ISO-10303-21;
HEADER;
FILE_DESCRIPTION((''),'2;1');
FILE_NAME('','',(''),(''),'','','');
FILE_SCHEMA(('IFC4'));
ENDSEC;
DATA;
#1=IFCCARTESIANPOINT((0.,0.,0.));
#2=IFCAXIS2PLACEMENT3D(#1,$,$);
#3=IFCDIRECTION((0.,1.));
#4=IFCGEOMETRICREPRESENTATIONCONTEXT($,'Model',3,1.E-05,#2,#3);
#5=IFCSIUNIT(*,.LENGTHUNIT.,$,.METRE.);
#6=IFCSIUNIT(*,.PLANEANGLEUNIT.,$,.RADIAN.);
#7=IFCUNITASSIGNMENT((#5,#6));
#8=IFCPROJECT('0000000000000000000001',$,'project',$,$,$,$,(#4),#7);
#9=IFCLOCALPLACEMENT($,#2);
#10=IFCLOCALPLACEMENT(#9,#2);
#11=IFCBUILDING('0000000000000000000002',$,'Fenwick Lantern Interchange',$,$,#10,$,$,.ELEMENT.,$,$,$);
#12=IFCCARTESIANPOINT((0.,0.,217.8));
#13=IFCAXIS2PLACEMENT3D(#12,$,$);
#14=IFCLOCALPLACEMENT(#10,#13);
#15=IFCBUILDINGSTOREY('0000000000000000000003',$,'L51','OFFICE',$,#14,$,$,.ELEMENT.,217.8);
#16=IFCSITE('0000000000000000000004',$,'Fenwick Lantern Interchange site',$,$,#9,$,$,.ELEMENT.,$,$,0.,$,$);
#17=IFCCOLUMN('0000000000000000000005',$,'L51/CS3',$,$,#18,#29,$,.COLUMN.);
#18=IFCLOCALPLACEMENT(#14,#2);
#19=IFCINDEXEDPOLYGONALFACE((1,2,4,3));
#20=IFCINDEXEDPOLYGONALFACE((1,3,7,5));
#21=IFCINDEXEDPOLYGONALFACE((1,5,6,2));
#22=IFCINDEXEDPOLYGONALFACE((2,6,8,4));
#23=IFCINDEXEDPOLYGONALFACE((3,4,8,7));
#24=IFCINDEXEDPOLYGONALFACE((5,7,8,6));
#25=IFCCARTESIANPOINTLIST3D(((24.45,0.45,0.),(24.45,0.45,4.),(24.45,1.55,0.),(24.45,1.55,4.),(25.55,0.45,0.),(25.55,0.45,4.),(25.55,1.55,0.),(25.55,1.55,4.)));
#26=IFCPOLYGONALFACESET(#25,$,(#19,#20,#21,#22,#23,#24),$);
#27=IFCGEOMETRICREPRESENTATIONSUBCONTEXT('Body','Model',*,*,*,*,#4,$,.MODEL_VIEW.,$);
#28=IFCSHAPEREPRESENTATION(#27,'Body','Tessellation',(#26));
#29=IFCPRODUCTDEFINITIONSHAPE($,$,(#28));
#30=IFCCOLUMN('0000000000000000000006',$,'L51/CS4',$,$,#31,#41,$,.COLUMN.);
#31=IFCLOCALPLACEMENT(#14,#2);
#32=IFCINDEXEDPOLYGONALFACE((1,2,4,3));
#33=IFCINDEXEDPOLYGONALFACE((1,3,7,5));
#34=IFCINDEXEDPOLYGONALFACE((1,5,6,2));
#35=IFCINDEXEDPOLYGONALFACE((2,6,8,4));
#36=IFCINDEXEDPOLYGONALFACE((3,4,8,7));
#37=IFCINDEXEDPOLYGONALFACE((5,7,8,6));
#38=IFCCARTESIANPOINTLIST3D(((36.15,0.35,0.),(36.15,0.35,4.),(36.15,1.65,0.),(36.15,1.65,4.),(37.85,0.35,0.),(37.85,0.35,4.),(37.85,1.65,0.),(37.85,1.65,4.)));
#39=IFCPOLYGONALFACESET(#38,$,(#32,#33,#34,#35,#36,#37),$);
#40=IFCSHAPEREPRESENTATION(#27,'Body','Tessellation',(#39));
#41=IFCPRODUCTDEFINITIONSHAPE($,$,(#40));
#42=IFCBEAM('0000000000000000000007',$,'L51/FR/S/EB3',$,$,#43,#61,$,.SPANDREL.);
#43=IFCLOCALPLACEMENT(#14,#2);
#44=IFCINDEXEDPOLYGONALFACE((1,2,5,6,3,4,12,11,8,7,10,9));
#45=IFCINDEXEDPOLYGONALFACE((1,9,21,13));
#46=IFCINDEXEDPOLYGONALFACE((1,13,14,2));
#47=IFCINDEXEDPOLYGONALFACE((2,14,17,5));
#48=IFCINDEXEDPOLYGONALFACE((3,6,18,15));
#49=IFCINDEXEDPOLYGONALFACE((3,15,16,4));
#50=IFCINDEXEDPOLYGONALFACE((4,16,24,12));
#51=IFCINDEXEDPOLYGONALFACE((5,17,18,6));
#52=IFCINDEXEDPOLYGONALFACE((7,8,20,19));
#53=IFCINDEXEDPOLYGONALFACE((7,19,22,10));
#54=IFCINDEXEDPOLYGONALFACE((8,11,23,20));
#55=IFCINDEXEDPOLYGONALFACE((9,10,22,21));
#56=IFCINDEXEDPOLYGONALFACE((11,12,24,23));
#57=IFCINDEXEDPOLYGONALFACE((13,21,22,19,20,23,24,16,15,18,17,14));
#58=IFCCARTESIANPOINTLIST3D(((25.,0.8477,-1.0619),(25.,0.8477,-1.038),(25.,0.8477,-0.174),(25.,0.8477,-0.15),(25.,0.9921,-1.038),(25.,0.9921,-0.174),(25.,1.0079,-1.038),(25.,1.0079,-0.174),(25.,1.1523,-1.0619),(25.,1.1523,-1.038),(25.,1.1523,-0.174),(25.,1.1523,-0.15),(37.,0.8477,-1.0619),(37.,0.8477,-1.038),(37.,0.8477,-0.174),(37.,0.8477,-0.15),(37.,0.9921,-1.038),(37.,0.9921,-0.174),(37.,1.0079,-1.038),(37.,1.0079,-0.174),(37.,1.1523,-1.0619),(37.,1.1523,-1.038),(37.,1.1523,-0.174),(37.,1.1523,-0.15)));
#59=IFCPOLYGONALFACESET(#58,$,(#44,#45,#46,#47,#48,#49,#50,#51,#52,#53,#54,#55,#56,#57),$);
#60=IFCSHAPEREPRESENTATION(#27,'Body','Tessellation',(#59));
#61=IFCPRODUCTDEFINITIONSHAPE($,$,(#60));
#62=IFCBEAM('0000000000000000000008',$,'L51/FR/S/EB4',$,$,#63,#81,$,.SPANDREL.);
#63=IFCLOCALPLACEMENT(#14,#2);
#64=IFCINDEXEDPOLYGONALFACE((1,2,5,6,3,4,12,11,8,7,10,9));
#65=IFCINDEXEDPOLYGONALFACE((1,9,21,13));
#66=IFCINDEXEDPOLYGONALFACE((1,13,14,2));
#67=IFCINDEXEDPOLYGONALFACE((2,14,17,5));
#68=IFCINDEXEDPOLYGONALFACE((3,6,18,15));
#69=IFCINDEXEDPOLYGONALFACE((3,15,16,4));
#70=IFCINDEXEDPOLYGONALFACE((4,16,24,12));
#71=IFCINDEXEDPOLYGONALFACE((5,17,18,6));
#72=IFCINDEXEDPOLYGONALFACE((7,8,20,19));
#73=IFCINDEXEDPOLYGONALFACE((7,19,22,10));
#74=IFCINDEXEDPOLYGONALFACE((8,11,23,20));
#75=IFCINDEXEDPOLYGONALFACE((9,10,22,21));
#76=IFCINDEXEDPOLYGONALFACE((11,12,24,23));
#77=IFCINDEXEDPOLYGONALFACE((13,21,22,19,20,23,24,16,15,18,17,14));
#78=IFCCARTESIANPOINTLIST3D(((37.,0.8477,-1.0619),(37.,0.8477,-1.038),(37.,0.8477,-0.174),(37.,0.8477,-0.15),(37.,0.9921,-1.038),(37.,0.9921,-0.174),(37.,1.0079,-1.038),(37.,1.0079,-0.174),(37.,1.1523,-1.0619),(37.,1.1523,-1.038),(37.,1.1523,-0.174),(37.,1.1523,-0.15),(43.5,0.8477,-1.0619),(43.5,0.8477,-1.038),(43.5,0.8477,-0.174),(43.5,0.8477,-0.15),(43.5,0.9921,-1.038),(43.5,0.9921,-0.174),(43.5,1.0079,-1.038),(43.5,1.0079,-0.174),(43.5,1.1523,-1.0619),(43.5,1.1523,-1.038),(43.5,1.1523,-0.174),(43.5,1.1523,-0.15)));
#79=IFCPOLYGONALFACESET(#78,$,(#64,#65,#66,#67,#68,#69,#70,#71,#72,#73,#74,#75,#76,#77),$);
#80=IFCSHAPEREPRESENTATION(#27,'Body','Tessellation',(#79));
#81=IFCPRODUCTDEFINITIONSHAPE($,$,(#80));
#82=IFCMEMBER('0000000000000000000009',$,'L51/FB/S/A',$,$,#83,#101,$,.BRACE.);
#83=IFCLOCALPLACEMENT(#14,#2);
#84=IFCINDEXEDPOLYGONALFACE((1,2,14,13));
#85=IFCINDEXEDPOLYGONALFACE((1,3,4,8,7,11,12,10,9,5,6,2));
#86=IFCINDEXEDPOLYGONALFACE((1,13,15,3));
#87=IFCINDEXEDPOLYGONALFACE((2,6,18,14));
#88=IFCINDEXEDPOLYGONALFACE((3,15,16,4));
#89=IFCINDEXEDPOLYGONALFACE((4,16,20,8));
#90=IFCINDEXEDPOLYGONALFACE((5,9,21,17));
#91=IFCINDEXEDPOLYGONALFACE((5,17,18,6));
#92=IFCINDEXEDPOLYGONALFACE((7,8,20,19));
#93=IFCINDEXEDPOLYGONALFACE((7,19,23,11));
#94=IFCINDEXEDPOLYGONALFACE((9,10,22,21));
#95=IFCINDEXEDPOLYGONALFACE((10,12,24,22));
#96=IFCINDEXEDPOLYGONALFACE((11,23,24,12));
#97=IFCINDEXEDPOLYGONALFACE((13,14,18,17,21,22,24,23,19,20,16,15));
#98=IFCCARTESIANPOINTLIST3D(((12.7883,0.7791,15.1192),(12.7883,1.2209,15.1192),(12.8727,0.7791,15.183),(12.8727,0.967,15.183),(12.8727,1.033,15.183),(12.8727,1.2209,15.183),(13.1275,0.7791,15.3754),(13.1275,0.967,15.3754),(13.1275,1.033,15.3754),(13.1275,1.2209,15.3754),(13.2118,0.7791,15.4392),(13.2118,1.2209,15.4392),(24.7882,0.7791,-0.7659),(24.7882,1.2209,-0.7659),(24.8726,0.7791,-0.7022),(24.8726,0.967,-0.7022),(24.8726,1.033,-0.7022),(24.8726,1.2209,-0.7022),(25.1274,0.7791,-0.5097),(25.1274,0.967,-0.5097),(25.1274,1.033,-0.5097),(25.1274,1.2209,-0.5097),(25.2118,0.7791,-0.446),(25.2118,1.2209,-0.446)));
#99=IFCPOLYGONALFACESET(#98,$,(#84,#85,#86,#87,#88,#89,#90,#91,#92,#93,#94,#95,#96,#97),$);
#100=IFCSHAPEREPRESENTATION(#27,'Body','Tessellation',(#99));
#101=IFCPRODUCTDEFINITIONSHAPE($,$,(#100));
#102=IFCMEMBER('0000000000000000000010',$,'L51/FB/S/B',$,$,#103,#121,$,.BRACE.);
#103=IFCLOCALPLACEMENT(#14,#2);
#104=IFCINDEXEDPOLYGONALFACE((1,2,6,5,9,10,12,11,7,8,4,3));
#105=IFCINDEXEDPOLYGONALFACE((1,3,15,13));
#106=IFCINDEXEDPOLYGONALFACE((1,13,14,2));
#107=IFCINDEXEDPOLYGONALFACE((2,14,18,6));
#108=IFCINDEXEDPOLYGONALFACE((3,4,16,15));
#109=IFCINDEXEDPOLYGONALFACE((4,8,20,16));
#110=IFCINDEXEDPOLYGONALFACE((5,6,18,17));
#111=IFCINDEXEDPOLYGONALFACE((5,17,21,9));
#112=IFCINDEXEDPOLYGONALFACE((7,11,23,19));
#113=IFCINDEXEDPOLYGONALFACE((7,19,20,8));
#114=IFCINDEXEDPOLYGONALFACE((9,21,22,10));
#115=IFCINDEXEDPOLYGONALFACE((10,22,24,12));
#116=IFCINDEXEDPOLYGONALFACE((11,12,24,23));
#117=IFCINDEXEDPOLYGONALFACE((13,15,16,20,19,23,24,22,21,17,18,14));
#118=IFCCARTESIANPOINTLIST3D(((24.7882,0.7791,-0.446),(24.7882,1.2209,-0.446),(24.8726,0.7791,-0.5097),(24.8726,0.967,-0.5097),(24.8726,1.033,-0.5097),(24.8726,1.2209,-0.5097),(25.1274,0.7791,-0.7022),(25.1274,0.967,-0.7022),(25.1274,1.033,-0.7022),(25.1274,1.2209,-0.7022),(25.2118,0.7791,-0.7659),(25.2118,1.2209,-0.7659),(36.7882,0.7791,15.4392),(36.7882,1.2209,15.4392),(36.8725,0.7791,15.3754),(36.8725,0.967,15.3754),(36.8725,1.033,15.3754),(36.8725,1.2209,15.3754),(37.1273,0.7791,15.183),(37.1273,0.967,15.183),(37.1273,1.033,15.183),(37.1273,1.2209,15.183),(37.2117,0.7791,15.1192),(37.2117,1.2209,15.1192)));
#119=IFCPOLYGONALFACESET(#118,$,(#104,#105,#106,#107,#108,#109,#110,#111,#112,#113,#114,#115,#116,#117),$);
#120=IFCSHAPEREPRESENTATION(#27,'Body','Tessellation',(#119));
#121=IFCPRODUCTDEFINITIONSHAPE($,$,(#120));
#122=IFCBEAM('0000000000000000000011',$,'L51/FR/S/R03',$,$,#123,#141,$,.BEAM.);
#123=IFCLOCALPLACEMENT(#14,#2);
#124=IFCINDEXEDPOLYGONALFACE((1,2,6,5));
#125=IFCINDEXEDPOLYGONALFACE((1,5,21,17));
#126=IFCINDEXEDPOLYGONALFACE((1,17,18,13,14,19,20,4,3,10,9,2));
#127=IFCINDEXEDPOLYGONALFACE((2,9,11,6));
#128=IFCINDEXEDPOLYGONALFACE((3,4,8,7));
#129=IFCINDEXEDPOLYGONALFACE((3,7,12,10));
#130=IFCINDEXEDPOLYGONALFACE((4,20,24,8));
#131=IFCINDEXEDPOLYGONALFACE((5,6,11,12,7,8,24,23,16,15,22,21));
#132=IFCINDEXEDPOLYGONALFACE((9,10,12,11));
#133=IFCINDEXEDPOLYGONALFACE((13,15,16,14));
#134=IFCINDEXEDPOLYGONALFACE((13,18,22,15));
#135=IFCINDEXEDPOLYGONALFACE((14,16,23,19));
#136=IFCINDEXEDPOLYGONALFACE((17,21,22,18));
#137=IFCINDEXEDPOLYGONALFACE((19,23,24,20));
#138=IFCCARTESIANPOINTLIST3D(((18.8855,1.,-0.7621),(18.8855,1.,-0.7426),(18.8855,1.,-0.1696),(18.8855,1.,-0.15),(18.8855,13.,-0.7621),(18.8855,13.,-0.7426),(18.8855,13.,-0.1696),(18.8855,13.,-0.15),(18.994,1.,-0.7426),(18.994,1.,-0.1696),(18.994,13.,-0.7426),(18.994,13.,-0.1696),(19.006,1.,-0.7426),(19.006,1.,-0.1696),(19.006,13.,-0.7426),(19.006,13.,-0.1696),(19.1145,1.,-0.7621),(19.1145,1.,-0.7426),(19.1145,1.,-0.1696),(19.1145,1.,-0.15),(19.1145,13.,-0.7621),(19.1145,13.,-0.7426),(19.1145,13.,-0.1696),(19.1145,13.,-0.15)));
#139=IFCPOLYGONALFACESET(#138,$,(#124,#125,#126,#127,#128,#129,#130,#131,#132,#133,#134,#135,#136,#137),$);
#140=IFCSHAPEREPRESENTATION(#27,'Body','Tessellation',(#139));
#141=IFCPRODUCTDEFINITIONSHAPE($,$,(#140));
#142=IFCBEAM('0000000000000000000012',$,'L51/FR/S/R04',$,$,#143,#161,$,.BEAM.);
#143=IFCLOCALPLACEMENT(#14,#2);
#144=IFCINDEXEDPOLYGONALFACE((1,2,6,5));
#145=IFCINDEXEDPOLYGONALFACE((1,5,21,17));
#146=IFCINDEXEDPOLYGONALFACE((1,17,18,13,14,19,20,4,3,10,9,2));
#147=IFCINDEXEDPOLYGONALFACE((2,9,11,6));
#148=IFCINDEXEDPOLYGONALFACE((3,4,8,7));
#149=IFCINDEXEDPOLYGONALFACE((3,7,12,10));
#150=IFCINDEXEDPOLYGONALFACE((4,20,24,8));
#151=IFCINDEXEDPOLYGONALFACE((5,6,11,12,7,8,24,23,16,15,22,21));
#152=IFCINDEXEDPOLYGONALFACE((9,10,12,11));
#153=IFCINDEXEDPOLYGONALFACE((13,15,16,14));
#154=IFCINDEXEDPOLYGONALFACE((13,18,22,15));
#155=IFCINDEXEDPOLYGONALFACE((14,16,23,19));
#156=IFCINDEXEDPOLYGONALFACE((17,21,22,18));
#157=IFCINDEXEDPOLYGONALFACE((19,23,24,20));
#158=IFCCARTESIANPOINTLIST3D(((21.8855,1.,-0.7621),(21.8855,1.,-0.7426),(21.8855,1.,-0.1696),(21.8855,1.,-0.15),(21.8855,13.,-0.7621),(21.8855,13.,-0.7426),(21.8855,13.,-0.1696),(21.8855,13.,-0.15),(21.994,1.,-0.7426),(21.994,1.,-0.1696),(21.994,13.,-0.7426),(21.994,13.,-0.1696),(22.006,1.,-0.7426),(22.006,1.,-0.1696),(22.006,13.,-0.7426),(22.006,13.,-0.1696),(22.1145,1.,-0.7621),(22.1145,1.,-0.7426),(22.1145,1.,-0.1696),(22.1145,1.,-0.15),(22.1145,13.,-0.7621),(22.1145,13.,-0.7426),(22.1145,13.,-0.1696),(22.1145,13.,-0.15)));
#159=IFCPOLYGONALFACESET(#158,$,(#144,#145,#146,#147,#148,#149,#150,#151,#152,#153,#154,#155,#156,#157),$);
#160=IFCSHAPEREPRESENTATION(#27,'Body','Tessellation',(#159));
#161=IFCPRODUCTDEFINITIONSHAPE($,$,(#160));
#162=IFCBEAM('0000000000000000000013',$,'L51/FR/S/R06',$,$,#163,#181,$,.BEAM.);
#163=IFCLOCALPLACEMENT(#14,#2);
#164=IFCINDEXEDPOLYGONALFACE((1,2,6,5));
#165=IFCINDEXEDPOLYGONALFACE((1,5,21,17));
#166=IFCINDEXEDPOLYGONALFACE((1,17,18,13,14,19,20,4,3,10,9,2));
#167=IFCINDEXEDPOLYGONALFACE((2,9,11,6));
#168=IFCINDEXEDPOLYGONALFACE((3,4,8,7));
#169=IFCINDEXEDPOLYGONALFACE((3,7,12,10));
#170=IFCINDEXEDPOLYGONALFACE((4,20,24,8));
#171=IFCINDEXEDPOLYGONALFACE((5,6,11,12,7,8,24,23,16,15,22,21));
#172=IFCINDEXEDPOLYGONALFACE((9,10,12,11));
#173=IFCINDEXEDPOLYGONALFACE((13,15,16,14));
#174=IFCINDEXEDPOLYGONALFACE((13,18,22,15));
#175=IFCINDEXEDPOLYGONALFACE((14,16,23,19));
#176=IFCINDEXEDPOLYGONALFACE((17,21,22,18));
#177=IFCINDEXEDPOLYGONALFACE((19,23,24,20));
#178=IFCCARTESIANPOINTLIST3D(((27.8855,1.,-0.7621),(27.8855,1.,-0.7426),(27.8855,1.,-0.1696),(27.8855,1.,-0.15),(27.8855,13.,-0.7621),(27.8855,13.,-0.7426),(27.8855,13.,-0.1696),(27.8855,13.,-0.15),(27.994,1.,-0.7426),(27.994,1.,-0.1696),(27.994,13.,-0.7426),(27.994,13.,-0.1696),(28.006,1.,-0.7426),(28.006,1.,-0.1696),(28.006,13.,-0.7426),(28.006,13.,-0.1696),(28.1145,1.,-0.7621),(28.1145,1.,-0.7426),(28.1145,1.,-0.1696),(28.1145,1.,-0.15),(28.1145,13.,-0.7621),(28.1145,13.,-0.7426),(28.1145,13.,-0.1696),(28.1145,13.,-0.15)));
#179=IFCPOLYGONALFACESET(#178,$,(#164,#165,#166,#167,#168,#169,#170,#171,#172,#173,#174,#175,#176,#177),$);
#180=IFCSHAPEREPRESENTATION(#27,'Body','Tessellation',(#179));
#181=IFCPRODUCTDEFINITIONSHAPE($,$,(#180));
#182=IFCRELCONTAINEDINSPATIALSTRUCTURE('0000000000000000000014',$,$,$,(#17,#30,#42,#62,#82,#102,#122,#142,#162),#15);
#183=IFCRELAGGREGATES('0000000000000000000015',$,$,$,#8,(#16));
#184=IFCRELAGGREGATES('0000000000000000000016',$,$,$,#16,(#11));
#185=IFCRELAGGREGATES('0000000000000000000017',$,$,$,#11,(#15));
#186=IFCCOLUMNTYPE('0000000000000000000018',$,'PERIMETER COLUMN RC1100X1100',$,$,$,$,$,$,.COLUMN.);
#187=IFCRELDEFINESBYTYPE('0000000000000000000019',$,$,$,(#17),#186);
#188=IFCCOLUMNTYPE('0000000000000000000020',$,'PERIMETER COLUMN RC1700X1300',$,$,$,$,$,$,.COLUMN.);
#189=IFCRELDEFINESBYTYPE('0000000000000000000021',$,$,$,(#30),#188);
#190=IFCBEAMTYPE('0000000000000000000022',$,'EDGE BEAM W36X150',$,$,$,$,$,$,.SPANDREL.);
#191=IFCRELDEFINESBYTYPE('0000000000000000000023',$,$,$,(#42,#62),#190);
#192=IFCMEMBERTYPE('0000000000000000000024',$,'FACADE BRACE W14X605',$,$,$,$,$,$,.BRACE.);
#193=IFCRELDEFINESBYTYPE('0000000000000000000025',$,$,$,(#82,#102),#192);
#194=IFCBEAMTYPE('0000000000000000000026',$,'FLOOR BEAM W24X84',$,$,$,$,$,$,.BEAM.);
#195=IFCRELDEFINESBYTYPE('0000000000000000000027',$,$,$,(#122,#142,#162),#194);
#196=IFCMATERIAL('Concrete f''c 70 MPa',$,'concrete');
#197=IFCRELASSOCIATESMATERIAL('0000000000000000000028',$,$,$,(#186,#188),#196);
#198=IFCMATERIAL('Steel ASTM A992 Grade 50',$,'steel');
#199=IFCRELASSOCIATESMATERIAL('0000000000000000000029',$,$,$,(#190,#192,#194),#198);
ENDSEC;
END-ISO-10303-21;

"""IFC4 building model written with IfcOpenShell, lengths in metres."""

from ifc_helpers import new_model, si_unit, direction, frame, origin, origin_2d, place, context, subcontext, project, spatial, rectangle, i_section, extrude, material, material_profile, profile_set, type_object, element, save


model = new_model("IFC4")

# Units and contexts
model_context = context("Model", 3, precision=1e-05, world=origin(), true_north=direction((0.0, 1.0)))
body_context = subcontext(model_context, "Body", "Model", "MODEL_VIEW")
ifc_project = project(units=[si_unit("LENGTHUNIT", "METRE"), si_unit("PLANEANGLEUNIT", "RADIAN")], contexts=[model_context])

# Site, building, storey
site_placement = place(None, origin())
site = spatial("IfcSite", under=ifc_project, at=site_placement, Name="Fenwick Lantern Interchange site", CompositionType="ELEMENT", RefElevation=0.0)
building_placement = place(site_placement, origin())
building = spatial("IfcBuilding", under=site, at=building_placement, Name="Fenwick Lantern Interchange", CompositionType="ELEMENT")
storey_placement = place(building_placement, frame((0.0, 0.0, 217.8)))
storey = spatial("IfcBuildingStorey", under=building, at=storey_placement, Name="L51", Description="OFFICE", CompositionType="ELEMENT", Elevation=217.8)

# Columns
ifc_material_1 = material(Name="Concrete f'c 70 MPa", Category="concrete")
ifc_material_profile_1 = material_profile(ifc_material_1, rectangle(XDim=1.1001, YDim=1.1001, at=origin_2d()), Name="RC1100X1100")
ifc_profile_set_1 = profile_set([ifc_material_profile_1], Name="Concrete f'c 70 MPa")
column_type_1 = type_object("IfcColumnType", Name="PERIMETER COLUMN RC1100X1100", PredefinedType="COLUMN", material=ifc_profile_set_1)
column_1_placement = place(storey_placement, frame((25.0, 1.0, 0.0), z_axis=(0.0, 0.0, 1.0), x_axis=(1.0, 0.0, 0.0)))
element("IfcColumn", 1, at=column_1_placement, inside=storey, type_object=column_type_1, Name="L51/CS3", PredefinedType="COLUMN", context=body_context, shape_type="SweptSolid", body=[
    extrude(rectangle(XDim=1.1001, YDim=1.1001, at=origin_2d()), origin(), (0.0, 0.0, 1.0), 4.0),
])
ifc_material_profile_2 = material_profile(ifc_material_1, rectangle(XDim=1.7, YDim=1.3, at=origin_2d()), Name="RC1700X1300")
ifc_profile_set_2 = profile_set([ifc_material_profile_2], Name="Concrete f'c 70 MPa")
column_type_2 = type_object("IfcColumnType", Name="PERIMETER COLUMN RC1700X1300", PredefinedType="COLUMN", material=ifc_profile_set_2)
column_2_placement = place(storey_placement, frame((37.0, 1.0, 0.0), z_axis=(0.0, 0.0, 1.0), x_axis=(1.0, 0.0, 0.0)))
element("IfcColumn", 2, at=column_2_placement, inside=storey, type_object=column_type_2, Name="L51/CS4", PredefinedType="COLUMN", context=body_context, shape_type="SweptSolid", body=[
    extrude(rectangle(XDim=1.7, YDim=1.3, at=origin_2d()), origin(), (0.0, 0.0, 1.0), 4.0),
])

# Beams
ifc_material_2 = material(Name="Steel ASTM A992 Grade 50", Category="steel")
ifc_material_profile_3 = material_profile(ifc_material_2, i_section(OverallWidth=0.3047, OverallDepth=0.9119, WebThickness=0.0159, FlangeThickness=0.0239, at=origin_2d()), Name="W36X150")
ifc_profile_set_3 = profile_set([ifc_material_profile_3], Name="Steel ASTM A992 Grade 50")
beam_type_1 = type_object("IfcBeamType", Name="EDGE BEAM W36X150", PredefinedType="SPANDREL", material=ifc_profile_set_3)
beam_1_placement = place(storey_placement, frame((25.0, 1.0, -0.606), z_axis=(1.0, 0.0, 0.0), x_axis=(0.0, 1.0, 0.0)))
element("IfcBeam", 3, at=beam_1_placement, inside=storey, type_object=beam_type_1, Name="L51/FR/S/EB3", PredefinedType="SPANDREL", context=body_context, shape_type="SweptSolid", body=[
    extrude(i_section(OverallWidth=0.3047, OverallDepth=0.9119, WebThickness=0.0159, FlangeThickness=0.0239, at=origin_2d()), origin(), (0.0, 0.0, 1.0), 12.0),
])
beam_2_placement = place(storey_placement, frame((37.0, 1.0, -0.606), z_axis=(1.0, 0.0, 0.0), x_axis=(0.0, 1.0, 0.0)))
element("IfcBeam", 4, at=beam_2_placement, inside=storey, type_object=beam_type_1, Name="L51/FR/S/EB4", PredefinedType="SPANDREL", context=body_context, shape_type="SweptSolid", body=[
    extrude(i_section(OverallWidth=0.3047, OverallDepth=0.9119, WebThickness=0.0159, FlangeThickness=0.0239, at=origin_2d()), origin(), (0.0, 0.0, 1.0), 6.5),
])

# Members
ifc_material_profile_4 = material_profile(ifc_material_2, i_section(OverallWidth=0.4419, OverallDepth=0.5308, WebThickness=0.0659, FlangeThickness=0.1057, at=origin_2d()), Name="W14X605")
ifc_profile_set_4 = profile_set([ifc_material_profile_4], Name="Steel ASTM A992 Grade 50")
member_type_1 = type_object("IfcMemberType", Name="FACADE BRACE W14X605", PredefinedType="BRACE", material=ifc_profile_set_4)
for number, where, z_axis, x_axis, name in (
    (5, (25.0, 1.0, -0.606), (-0.602763, 0.0, 0.79792), (0.0, -1.0, 0.0), "L51/FB/S/A"),
    (6, (25.0, 1.0, -0.606), (0.602763, 0.0, 0.79792), (0.0, 1.0, 0.0), "L51/FB/S/B"),
):
    element("IfcMember", number, at=place(storey_placement, frame(where, z_axis=z_axis, x_axis=x_axis)), inside=storey, type_object=member_type_1, Name=name, PredefinedType="BRACE", context=body_context, shape_type="SweptSolid", body=[
        extrude(i_section(OverallWidth=0.4419, OverallDepth=0.5308, WebThickness=0.0659, FlangeThickness=0.1057, at=origin_2d()), origin(), (0.0, 0.0, 1.0), 19.9082),
    ])

# Beams
ifc_material_profile_5 = material_profile(ifc_material_2, i_section(OverallWidth=0.229, OverallDepth=0.6121, WebThickness=0.012, FlangeThickness=0.0195, at=origin_2d()), Name="W24X84")
ifc_profile_set_5 = profile_set([ifc_material_profile_5], Name="Steel ASTM A992 Grade 50")
beam_type_2 = type_object("IfcBeamType", Name="FLOOR BEAM W24X84", PredefinedType="BEAM", material=ifc_profile_set_5)
for number, where, z_axis, x_axis, name in (
    (7, (19.0, 1.0, -0.4561), (0.0, 1.0, 0.0), (-1.0, 0.0, 0.0), "L51/FR/S/R03"),
    (8, (22.0, 1.0, -0.4561), (0.0, 1.0, 0.0), (-1.0, 0.0, 0.0), "L51/FR/S/R04"),
    (9, (28.0, 1.0, -0.4561), (0.0, 1.0, 0.0), (-1.0, 0.0, 0.0), "L51/FR/S/R06"),
):
    element("IfcBeam", number, at=place(storey_placement, frame(where, z_axis=z_axis, x_axis=x_axis)), inside=storey, type_object=beam_type_2, Name=name, PredefinedType="BEAM", context=body_context, shape_type="SweptSolid", body=[
        extrude(i_section(OverallWidth=0.229, OverallDepth=0.6121, WebThickness=0.012, FlangeThickness=0.0195, at=origin_2d()), origin(), (0.0, 0.0, 1.0), 12.0),
    ])

save(model, "model.ifc")
